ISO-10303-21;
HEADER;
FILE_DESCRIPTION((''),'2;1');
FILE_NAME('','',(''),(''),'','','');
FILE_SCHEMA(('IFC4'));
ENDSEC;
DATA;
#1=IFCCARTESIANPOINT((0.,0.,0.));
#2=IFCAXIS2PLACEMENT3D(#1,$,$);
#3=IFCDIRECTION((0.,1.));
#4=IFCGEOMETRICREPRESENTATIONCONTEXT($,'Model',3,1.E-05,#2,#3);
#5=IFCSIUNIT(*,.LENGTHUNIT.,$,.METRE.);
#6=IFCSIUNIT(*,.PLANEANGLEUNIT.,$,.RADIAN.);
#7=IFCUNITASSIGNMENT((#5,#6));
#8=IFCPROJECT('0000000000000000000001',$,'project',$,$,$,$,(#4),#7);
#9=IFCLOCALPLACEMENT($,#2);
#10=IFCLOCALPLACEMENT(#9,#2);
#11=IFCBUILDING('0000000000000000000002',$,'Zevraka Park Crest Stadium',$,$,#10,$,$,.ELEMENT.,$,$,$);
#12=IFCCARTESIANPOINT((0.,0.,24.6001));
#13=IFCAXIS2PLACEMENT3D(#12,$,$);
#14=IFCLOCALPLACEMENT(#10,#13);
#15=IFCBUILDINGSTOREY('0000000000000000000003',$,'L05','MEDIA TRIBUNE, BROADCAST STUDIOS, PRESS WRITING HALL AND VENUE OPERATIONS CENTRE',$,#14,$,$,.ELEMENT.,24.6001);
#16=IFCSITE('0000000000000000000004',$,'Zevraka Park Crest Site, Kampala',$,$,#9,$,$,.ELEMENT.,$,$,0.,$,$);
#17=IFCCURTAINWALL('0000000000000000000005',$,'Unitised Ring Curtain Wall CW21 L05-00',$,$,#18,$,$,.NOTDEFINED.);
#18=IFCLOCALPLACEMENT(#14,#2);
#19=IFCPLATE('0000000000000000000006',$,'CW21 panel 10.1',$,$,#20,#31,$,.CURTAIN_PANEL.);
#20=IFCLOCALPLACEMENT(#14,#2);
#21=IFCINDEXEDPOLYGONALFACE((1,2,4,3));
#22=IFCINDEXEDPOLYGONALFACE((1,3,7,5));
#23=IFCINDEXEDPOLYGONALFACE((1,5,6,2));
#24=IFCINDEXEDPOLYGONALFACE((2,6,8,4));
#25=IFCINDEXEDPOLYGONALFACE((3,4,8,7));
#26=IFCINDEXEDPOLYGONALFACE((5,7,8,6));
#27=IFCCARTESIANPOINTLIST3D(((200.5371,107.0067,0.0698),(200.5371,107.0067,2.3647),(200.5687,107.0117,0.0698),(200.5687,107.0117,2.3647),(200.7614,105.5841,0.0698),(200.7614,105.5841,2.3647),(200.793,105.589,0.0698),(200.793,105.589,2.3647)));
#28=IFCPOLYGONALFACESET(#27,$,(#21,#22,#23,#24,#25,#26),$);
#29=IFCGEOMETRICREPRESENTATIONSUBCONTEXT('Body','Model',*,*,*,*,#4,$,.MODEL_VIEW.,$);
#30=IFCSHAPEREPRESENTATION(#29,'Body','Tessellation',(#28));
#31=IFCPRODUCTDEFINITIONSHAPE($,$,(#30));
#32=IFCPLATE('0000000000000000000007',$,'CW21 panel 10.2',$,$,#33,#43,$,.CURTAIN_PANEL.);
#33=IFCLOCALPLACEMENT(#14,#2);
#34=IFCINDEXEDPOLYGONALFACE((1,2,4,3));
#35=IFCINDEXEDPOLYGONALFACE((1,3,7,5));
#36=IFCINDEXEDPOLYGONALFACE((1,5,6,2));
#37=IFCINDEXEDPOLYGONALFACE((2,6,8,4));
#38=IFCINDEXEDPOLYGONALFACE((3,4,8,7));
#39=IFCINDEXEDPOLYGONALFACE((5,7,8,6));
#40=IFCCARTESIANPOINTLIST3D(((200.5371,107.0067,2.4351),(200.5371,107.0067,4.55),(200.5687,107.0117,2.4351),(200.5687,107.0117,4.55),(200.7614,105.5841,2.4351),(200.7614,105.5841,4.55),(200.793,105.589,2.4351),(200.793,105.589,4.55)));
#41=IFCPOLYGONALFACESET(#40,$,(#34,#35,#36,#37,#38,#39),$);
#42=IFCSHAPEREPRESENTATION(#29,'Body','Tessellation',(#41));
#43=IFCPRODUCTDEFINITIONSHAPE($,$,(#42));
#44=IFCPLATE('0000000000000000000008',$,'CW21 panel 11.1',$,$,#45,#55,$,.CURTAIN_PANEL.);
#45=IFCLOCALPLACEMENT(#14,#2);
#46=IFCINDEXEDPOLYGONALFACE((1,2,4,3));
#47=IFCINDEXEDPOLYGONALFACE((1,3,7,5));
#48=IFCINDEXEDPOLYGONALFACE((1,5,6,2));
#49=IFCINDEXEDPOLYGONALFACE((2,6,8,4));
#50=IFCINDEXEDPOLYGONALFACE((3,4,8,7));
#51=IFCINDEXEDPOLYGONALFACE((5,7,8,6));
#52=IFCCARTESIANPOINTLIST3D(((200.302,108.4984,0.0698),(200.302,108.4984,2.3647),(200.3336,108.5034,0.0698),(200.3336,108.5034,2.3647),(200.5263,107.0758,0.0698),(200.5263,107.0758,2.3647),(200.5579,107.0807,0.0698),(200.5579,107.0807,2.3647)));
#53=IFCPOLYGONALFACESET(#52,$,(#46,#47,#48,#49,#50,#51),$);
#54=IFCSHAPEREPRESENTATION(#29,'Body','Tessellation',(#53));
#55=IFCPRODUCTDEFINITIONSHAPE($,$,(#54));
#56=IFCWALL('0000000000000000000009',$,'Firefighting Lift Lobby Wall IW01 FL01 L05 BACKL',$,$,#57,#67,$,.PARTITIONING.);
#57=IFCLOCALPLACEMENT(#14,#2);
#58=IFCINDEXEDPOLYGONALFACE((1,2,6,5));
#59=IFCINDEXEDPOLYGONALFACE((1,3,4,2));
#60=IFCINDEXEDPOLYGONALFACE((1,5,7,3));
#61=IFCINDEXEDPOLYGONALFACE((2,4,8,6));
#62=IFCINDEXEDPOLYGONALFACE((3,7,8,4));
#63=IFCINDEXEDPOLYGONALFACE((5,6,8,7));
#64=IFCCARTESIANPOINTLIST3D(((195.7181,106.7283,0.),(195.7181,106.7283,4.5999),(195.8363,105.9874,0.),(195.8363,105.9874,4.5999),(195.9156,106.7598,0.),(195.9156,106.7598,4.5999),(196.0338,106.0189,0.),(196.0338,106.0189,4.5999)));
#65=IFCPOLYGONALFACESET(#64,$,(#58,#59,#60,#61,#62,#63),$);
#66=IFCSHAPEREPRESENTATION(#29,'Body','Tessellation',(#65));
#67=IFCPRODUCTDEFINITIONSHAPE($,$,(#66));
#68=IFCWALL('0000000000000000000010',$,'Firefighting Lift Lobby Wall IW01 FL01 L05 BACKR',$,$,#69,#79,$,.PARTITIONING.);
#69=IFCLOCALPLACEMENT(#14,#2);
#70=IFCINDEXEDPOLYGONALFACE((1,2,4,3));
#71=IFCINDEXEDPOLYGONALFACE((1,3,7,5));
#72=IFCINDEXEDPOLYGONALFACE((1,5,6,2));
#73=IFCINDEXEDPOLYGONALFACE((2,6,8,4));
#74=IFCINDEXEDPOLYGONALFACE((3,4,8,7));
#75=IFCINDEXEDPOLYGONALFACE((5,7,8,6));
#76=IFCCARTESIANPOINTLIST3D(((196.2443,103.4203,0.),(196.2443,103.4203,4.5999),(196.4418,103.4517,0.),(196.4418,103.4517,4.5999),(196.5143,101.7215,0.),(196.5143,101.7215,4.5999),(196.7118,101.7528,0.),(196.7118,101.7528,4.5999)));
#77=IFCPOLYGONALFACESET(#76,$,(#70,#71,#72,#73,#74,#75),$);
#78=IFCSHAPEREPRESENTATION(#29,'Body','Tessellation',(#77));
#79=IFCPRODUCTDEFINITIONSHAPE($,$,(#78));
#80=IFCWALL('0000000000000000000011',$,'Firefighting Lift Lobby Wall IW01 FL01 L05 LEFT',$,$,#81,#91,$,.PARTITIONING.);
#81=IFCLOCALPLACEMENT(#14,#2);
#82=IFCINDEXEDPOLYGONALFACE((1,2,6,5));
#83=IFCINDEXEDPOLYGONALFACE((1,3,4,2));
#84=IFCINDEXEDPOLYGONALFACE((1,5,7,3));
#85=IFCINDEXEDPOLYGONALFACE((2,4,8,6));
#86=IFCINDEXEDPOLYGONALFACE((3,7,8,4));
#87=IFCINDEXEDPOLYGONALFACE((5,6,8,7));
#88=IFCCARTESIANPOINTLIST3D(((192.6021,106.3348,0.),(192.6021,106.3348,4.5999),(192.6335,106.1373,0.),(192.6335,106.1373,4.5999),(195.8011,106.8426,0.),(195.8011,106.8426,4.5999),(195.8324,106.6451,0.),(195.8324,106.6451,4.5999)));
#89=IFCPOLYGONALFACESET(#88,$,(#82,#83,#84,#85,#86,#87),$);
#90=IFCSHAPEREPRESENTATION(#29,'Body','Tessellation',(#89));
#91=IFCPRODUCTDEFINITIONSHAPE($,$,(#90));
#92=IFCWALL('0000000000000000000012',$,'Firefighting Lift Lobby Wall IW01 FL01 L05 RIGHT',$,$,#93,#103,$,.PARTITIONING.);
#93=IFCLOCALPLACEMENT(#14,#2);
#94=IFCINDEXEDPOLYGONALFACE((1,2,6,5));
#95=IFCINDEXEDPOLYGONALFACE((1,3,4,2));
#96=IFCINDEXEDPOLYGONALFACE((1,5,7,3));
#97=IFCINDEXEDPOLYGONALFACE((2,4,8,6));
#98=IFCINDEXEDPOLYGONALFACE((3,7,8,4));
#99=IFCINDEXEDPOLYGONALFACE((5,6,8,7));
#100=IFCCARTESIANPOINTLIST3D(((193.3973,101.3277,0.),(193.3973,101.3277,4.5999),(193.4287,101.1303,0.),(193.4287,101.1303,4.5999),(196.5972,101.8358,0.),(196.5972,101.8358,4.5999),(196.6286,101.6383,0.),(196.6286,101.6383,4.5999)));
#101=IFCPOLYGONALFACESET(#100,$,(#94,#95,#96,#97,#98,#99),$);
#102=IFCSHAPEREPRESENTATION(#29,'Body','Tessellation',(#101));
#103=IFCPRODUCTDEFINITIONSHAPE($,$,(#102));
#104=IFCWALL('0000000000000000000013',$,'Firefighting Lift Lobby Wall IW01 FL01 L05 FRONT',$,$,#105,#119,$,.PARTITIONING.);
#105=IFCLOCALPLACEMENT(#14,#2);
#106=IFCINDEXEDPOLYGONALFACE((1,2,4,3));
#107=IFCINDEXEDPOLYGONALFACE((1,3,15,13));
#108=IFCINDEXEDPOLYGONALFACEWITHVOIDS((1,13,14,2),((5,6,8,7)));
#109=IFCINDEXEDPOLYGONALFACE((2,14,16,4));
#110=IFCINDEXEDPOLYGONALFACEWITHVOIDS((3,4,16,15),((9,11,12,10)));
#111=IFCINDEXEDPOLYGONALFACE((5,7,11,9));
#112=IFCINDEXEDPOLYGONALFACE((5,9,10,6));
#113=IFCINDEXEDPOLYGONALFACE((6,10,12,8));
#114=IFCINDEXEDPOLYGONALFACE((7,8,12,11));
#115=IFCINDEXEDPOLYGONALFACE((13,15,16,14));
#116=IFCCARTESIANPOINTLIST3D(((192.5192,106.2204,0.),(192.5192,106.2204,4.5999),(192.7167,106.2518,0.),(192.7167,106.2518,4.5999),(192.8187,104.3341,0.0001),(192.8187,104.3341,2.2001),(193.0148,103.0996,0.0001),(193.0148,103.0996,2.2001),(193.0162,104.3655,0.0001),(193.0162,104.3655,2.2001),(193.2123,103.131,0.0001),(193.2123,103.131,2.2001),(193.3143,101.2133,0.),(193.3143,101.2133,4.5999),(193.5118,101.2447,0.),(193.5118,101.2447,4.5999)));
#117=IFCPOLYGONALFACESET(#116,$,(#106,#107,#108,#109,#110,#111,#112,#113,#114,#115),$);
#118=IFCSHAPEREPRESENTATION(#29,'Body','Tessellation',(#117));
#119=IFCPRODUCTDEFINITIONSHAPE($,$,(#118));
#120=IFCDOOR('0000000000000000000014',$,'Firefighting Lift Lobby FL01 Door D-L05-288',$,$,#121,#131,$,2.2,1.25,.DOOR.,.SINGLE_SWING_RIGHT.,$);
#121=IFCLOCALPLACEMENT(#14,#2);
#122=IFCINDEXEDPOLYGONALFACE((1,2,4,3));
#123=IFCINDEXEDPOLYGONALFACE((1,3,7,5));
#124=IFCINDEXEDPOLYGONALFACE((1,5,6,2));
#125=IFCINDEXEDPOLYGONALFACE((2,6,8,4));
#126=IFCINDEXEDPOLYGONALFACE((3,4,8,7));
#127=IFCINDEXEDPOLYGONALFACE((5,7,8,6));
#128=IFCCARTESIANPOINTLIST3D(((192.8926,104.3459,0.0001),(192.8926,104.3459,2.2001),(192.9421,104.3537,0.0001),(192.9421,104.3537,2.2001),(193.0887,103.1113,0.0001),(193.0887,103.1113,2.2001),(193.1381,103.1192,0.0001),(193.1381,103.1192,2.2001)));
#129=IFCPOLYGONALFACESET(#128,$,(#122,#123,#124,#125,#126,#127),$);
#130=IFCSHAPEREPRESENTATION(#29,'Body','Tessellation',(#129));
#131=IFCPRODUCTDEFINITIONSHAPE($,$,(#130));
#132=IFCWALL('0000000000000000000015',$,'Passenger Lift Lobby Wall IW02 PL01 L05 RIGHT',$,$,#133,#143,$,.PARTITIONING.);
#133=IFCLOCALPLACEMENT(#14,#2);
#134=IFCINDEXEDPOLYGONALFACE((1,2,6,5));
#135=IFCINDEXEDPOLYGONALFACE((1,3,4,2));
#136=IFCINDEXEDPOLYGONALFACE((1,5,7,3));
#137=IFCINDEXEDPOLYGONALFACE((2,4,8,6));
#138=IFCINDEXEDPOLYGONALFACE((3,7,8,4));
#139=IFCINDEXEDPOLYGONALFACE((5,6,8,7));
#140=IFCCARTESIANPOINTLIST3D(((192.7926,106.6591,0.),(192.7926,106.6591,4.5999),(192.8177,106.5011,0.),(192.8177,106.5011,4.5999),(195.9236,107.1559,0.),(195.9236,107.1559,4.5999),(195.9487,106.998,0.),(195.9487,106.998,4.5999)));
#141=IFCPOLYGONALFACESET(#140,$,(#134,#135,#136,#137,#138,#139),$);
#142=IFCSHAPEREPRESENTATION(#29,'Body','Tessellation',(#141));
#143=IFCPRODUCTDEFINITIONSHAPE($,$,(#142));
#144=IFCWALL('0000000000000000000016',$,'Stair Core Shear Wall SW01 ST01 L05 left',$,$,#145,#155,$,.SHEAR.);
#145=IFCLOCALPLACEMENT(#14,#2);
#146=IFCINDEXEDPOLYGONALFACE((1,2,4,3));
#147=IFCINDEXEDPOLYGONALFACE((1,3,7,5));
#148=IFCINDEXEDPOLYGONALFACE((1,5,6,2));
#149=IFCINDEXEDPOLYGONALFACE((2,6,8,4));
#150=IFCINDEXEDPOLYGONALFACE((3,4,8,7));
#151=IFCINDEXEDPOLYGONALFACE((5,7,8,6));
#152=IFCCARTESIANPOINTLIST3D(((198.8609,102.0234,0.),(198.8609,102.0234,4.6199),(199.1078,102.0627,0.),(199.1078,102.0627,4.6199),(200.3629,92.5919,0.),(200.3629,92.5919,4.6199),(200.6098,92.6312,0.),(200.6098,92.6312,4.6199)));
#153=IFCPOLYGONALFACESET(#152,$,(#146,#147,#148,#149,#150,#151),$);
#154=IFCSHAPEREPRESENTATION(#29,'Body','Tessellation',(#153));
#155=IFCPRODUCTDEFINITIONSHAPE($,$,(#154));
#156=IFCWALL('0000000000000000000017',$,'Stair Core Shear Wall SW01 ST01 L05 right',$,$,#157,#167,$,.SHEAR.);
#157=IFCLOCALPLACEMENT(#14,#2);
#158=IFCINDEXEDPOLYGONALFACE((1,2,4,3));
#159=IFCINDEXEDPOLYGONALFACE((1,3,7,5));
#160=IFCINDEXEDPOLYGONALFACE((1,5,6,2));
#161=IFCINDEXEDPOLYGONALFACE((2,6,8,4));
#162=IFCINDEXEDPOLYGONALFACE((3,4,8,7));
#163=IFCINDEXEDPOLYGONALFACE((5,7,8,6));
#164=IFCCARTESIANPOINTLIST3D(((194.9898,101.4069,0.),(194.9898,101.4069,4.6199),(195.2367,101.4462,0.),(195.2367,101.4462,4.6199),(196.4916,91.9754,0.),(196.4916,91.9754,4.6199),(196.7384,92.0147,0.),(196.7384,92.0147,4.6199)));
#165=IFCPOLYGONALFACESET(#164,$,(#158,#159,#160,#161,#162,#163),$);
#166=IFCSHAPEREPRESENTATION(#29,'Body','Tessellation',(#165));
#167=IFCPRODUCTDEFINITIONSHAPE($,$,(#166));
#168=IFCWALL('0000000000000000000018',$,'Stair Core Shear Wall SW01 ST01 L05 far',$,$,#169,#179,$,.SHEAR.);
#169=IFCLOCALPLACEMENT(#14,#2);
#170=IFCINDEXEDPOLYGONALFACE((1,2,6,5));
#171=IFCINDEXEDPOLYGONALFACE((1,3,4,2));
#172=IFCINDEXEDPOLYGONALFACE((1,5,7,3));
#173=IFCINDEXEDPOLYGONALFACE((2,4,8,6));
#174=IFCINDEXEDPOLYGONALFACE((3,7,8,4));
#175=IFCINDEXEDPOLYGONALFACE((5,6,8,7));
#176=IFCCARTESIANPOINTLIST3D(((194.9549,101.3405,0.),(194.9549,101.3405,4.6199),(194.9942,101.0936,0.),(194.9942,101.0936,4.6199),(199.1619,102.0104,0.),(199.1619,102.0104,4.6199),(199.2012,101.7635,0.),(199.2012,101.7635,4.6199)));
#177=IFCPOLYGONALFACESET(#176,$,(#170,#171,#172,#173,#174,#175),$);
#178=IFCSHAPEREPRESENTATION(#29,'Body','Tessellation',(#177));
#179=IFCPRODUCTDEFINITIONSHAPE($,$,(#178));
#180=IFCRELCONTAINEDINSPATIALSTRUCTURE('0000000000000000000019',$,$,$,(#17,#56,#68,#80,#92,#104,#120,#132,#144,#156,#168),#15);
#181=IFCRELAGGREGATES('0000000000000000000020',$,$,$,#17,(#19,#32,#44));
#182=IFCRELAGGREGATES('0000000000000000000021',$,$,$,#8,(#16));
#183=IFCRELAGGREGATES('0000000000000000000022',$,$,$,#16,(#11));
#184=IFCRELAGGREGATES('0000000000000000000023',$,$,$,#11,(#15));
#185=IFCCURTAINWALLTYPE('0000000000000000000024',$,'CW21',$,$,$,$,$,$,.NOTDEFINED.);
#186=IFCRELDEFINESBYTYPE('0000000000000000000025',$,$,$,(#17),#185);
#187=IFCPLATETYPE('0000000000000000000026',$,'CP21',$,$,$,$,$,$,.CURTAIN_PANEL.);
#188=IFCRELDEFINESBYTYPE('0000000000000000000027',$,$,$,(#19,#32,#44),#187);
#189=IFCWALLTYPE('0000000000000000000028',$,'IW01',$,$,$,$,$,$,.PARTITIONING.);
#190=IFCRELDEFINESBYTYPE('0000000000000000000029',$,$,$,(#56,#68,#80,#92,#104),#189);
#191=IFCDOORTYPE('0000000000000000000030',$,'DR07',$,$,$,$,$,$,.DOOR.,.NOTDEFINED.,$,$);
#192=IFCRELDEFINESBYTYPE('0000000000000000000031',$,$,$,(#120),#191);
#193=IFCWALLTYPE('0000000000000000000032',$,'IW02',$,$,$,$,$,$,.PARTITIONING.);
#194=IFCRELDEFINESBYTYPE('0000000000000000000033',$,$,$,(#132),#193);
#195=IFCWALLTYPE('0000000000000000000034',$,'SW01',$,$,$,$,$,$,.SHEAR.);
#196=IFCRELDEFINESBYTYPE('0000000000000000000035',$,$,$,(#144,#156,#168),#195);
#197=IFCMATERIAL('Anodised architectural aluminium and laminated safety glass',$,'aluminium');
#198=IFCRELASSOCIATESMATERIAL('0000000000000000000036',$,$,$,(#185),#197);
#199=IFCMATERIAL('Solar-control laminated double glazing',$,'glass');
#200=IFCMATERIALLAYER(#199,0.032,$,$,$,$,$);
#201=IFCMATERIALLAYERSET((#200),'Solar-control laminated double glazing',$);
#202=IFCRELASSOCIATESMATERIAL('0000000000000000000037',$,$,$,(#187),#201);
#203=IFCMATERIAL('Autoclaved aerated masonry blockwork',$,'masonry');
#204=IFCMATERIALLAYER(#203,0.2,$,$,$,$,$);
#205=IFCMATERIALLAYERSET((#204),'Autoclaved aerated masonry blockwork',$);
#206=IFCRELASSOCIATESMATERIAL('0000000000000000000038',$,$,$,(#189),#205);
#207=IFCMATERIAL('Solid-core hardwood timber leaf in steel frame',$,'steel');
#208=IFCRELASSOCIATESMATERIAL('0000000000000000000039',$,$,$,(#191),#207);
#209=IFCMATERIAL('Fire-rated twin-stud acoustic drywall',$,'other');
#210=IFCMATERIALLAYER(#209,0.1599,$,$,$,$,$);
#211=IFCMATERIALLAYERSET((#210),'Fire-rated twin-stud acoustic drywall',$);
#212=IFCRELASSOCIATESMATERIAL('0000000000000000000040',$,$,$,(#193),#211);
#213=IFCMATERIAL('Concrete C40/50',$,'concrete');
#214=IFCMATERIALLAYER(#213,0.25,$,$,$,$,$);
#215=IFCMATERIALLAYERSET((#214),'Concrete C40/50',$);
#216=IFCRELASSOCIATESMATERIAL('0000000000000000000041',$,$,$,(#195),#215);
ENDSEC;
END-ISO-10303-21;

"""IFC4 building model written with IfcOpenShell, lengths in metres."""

from ifc_helpers import new_model, si_unit, direction, frame, frame_2d, origin, origin_2d, place, context, subcontext, project, spatial, rectangle, extrude, material, layer, layer_set, type_object, element, fill, aggregate, save


model = new_model("IFC4")

# Units and contexts
model_context = context("Model", 3, precision=1e-05, world=origin(), true_north=direction((0.0, 1.0)))
body_context = subcontext(model_context, "Body", "Model", "MODEL_VIEW")
ifc_project = project(units=[si_unit("LENGTHUNIT", "METRE"), si_unit("PLANEANGLEUNIT", "RADIAN")], contexts=[model_context])

# Site, building, storey
site_placement = place(None, origin())
site = spatial("IfcSite", under=ifc_project, at=site_placement, Name="Zevraka Park Crest Site, Kampala", CompositionType="ELEMENT", RefElevation=0.0)
building_placement = place(site_placement, origin())
building = spatial("IfcBuilding", under=site, at=building_placement, Name="Zevraka Park Crest Stadium", CompositionType="ELEMENT")
storey_placement = place(building_placement, frame((0.0, 0.0, 24.6001)))
storey = spatial("IfcBuildingStorey", under=building, at=storey_placement, Name="L05", Description="MEDIA TRIBUNE, BROADCAST STUDIOS, PRESS WRITING HALL AND VENUE OPERATIONS CENTRE", CompositionType="ELEMENT", Elevation=24.6001)

# Curtain wall
ifc_material_1 = material(Name="Anodised architectural aluminium and laminated safety glass", Category="aluminium")
curtain_wall_type = type_object("IfcCurtainWallType", Name="CW21", PredefinedType="NOTDEFINED", material=ifc_material_1)
curtain_wall_placement = place(storey_placement, origin())
curtain_wall = element("IfcCurtainWall", 1, at=curtain_wall_placement, inside=storey, type_object=curtain_wall_type, Name="Unitised Ring Curtain Wall CW21 L05-00", PredefinedType="NOTDEFINED")

# Plates
ifc_material_2 = material(Name="Solar-control laminated double glazing", Category="glass")
ifc_layer_1 = layer(ifc_material_2, 0.032)
ifc_layer_set_1 = layer_set([ifc_layer_1], Name="Solar-control laminated double glazing")
plate_type = type_object("IfcPlateType", Name="CP21", PredefinedType="CURTAIN_PANEL", material=ifc_layer_set_1)
plate_1_placement = place(storey_placement, frame((200.665, 106.2979, 0.0698), z_axis=(0.0, 0.0, 1.0), x_axis=(-0.155711, 0.987803, 0.0)))
plate_1 = element("IfcPlate", 2, at=plate_1_placement, type_object=plate_type, Name="CW21 panel 10.1", PredefinedType="CURTAIN_PANEL", context=body_context, shape_type="SweptSolid", body=[
    extrude(rectangle(XDim=1.4402, YDim=0.032, at=origin_2d()), origin(), (0.0, 0.0, 1.0), 2.2949),
])
plate_2_placement = place(storey_placement, frame((200.665, 106.2979, 2.4351), z_axis=(0.0, 0.0, 1.0), x_axis=(-0.155711, 0.987803, 0.0)))
plate_2 = element("IfcPlate", 3, at=plate_2_placement, type_object=plate_type, Name="CW21 panel 10.2", PredefinedType="CURTAIN_PANEL", context=body_context, shape_type="SweptSolid", body=[
    extrude(rectangle(XDim=1.4402, YDim=0.032, at=origin_2d()), origin(), (0.0, 0.0, 1.0), 2.115),
])
plate_3_placement = place(storey_placement, frame((200.4299, 107.7896, 0.0698), z_axis=(0.0, 0.0, 1.0), x_axis=(-0.155711, 0.987803, 0.0)))
plate_3 = element("IfcPlate", 4, at=plate_3_placement, type_object=plate_type, Name="CW21 panel 11.1", PredefinedType="CURTAIN_PANEL", context=body_context, shape_type="SweptSolid", body=[
    extrude(rectangle(XDim=1.4402, YDim=0.032, at=origin_2d()), origin(), (0.0, 0.0, 1.0), 2.2949),
])
aggregate(curtain_wall, [plate_1, plate_2, plate_3])

# Walls
ifc_material_3 = material(Name="Autoclaved aerated masonry blockwork", Category="masonry")
ifc_layer_2 = layer(ifc_material_3, 0.2)
ifc_layer_set_2 = layer_set([ifc_layer_2], Name="Autoclaved aerated masonry blockwork")
wall_type_1 = type_object("IfcWallType", Name="IW01", PredefinedType="PARTITIONING", material=ifc_layer_set_2)
wall_1_placement = place(storey_placement, frame((195.8169, 106.7439, 0.0), z_axis=(0.0, 0.0, 1.0), x_axis=(0.157483, -0.987522, 0.0)))
element("IfcWall", 5, at=wall_1_placement, inside=storey, type_object=wall_type_1, Name="Firefighting Lift Lobby Wall IW01 FL01 L05 BACKL", PredefinedType="PARTITIONING", context=body_context, shape_type="SweptSolid", body=[
    extrude(rectangle(XDim=0.7502, YDim=0.2, at=frame_2d((0.375, 0.0))), origin(), (0.0, 0.0, 1.0), 4.5999),
])
wall_2_placement = place(storey_placement, frame((196.343, 103.436, 0.0), z_axis=(0.0, 0.0, 1.0), x_axis=(0.156961, -0.987605, 0.0)))
element("IfcWall", 6, at=wall_2_placement, inside=storey, type_object=wall_type_1, Name="Firefighting Lift Lobby Wall IW01 FL01 L05 BACKR", PredefinedType="PARTITIONING", context=body_context, shape_type="SweptSolid", body=[
    extrude(rectangle(XDim=1.7202, YDim=0.2, at=frame_2d((0.8601, 0.0))), origin(), (0.0, 0.0, 1.0), 4.5999),
])
wall_3_placement = place(storey_placement, frame((195.8169, 106.7439, 0.0), z_axis=(0.0, 0.0, 1.0), x_axis=(-0.987634, -0.156779, 0.0)))
element("IfcWall", 7, at=wall_3_placement, inside=storey, type_object=wall_type_1, Name="Firefighting Lift Lobby Wall IW01 FL01 L05 LEFT", PredefinedType="PARTITIONING", context=body_context, shape_type="SweptSolid", body=[
    extrude(rectangle(XDim=3.239, YDim=0.2, at=frame_2d((1.6196, 0.0))), origin(), (0.0, 0.0, 1.0), 4.5999),
])
wall_4_placement = place(storey_placement, frame((196.613, 101.7371, 0.0), z_axis=(0.0, 0.0, 1.0), x_axis=(-0.987629, -0.156806, 0.0)))
element("IfcWall", 8, at=wall_4_placement, inside=storey, type_object=wall_type_1, Name="Firefighting Lift Lobby Wall IW01 FL01 L05 RIGHT", PredefinedType="PARTITIONING", context=body_context, shape_type="SweptSolid", body=[
    extrude(rectangle(XDim=3.24, YDim=0.2, at=frame_2d((1.6201, 0.0))), origin(), (0.0, 0.0, 1.0), 4.5999),
])

# Wall, opening, door
wall_5_placement = place(storey_placement, frame((192.6179, 106.2361, 0.0), z_axis=(0.0, 0.0, 1.0), x_axis=(0.156843, -0.987624, 0.0)))
wall_5 = element("IfcWall", 9, at=wall_5_placement, inside=storey, type_object=wall_type_1, Name="Firefighting Lift Lobby Wall IW01 FL01 L05 FRONT", PredefinedType="PARTITIONING", context=body_context, shape_type="SweptSolid", body=[
    extrude(rectangle(XDim=5.0698, YDim=0.2, at=frame_2d((2.5349, 0.0))), origin(), (0.0, 0.0, 1.0), 4.5999),
])
opening_1_placement = place(wall_5_placement, frame((1.9099, 0.0, 0.0)))
opening_1 = element("IfcOpeningElement", 10, at=opening_1_placement, cuts=wall_5, PredefinedType="OPENING", context=body_context, shape_type="SweptSolid", body=[
    extrude(rectangle(XDim=1.25, YDim=2.2, at=frame_2d((0.625, 1.1001))), frame((0.0, 0.1099, 0.0), z_axis=(0.0, -1.0, 0.0), x_axis=(1.0, 0.0, 0.0)), (0.0, 0.0, 1.0), 0.22),
])
ifc_material_4 = material(Name="Solid-core hardwood timber leaf in steel frame", Category="steel")
door_type_1 = type_object("IfcDoorType", Name="DR07", OperationType="NOTDEFINED", PredefinedType="DOOR", material=ifc_material_4)
door_1_placement = place(opening_1_placement, origin())
door_1 = element("IfcDoor", 11, at=door_1_placement, inside=storey, type_object=door_type_1, Name="Firefighting Lift Lobby FL01 Door D-L05-288", OperationType="SINGLE_SWING_RIGHT", OverallHeight=2.2, OverallWidth=1.25, PredefinedType="DOOR", context=body_context, shape_type="SweptSolid", body=[
    extrude(rectangle(XDim=1.25, YDim=2.2, at=frame_2d((0.625, 1.1001))), frame((0.0, 0.0249, 0.0), z_axis=(0.0, -1.0, 0.0), x_axis=(1.0, 0.0, 0.0)), (0.0, 0.0, 1.0), 0.05),
])
fill(opening_1, door_1)

# Walls
ifc_material_5 = material(Name="Fire-rated twin-stud acoustic drywall", Category="other")
ifc_layer_3 = layer(ifc_material_5, 0.1599)
ifc_layer_set_3 = layer_set([ifc_layer_3], Name="Fire-rated twin-stud acoustic drywall")
wall_type_2 = type_object("IfcWallType", Name="IW02", PredefinedType="PARTITIONING", material=ifc_layer_set_3)
wall_6_placement = place(storey_placement, frame((195.936, 107.0769, 0.0), z_axis=(0.0, 0.0, 1.0), x_axis=(-0.987644, -0.156714, 0.0)))
element("IfcWall", 12, at=wall_6_placement, inside=storey, type_object=wall_type_2, Name="Passenger Lift Lobby Wall IW02 PL01 L05 RIGHT", PredefinedType="PARTITIONING", context=body_context, shape_type="SweptSolid", body=[
    extrude(rectangle(XDim=3.1702, YDim=0.1599, at=frame_2d((1.585, 0.0))), origin(), (0.0, 0.0, 1.0), 4.5999),
])
ifc_material_6 = material(Name="Concrete C40/50", Category="concrete")
ifc_layer_4 = layer(ifc_material_6, 0.25)
ifc_layer_set_4 = layer_set([ifc_layer_4], Name="Concrete C40/50")
wall_type_3 = type_object("IfcWallType", Name="SW01", PredefinedType="SHEAR", material=ifc_layer_set_4)
for number, where, z_axis, x_axis, name in (
    (13, (200.4863, 92.6116, 0.0), (0.0, 0.0, 1.0), (-0.157269, 0.987556, 0.0), "Stair Core Shear Wall SW01 ST01 L05 left"),
    (14, (195.1133, 101.4265, 0.0), (0.0, 0.0, 1.0), (0.157244, -0.98756, 0.0), "Stair Core Shear Wall SW01 ST01 L05 right"),
):
    element("IfcWall", number, at=place(storey_placement, frame(where, z_axis=z_axis, x_axis=x_axis)), inside=storey, type_object=wall_type_3, Name=name, PredefinedType="SHEAR", context=body_context, shape_type="SweptSolid", body=[
        extrude(rectangle(XDim=9.5503, YDim=0.25, at=frame_2d((4.7751, 0.0))), origin(), (0.0, 0.0, 1.0), 4.6199),
    ])
wall_7_placement = place(storey_placement, frame((199.1814, 101.887, 0.0), z_axis=(0.0, 0.0, 1.0), x_axis=(-0.987558, -0.157257, 0.0)))
element("IfcWall", 15, at=wall_7_placement, inside=storey, type_object=wall_type_3, Name="Stair Core Shear Wall SW01 ST01 L05 far", PredefinedType="SHEAR", context=body_context, shape_type="SweptSolid", body=[
    extrude(rectangle(XDim=4.26, YDim=0.25, at=frame_2d((2.1299, 0.0))), origin(), (0.0, 0.0, 1.0), 4.6199),
])

save(model, "model.ifc")
